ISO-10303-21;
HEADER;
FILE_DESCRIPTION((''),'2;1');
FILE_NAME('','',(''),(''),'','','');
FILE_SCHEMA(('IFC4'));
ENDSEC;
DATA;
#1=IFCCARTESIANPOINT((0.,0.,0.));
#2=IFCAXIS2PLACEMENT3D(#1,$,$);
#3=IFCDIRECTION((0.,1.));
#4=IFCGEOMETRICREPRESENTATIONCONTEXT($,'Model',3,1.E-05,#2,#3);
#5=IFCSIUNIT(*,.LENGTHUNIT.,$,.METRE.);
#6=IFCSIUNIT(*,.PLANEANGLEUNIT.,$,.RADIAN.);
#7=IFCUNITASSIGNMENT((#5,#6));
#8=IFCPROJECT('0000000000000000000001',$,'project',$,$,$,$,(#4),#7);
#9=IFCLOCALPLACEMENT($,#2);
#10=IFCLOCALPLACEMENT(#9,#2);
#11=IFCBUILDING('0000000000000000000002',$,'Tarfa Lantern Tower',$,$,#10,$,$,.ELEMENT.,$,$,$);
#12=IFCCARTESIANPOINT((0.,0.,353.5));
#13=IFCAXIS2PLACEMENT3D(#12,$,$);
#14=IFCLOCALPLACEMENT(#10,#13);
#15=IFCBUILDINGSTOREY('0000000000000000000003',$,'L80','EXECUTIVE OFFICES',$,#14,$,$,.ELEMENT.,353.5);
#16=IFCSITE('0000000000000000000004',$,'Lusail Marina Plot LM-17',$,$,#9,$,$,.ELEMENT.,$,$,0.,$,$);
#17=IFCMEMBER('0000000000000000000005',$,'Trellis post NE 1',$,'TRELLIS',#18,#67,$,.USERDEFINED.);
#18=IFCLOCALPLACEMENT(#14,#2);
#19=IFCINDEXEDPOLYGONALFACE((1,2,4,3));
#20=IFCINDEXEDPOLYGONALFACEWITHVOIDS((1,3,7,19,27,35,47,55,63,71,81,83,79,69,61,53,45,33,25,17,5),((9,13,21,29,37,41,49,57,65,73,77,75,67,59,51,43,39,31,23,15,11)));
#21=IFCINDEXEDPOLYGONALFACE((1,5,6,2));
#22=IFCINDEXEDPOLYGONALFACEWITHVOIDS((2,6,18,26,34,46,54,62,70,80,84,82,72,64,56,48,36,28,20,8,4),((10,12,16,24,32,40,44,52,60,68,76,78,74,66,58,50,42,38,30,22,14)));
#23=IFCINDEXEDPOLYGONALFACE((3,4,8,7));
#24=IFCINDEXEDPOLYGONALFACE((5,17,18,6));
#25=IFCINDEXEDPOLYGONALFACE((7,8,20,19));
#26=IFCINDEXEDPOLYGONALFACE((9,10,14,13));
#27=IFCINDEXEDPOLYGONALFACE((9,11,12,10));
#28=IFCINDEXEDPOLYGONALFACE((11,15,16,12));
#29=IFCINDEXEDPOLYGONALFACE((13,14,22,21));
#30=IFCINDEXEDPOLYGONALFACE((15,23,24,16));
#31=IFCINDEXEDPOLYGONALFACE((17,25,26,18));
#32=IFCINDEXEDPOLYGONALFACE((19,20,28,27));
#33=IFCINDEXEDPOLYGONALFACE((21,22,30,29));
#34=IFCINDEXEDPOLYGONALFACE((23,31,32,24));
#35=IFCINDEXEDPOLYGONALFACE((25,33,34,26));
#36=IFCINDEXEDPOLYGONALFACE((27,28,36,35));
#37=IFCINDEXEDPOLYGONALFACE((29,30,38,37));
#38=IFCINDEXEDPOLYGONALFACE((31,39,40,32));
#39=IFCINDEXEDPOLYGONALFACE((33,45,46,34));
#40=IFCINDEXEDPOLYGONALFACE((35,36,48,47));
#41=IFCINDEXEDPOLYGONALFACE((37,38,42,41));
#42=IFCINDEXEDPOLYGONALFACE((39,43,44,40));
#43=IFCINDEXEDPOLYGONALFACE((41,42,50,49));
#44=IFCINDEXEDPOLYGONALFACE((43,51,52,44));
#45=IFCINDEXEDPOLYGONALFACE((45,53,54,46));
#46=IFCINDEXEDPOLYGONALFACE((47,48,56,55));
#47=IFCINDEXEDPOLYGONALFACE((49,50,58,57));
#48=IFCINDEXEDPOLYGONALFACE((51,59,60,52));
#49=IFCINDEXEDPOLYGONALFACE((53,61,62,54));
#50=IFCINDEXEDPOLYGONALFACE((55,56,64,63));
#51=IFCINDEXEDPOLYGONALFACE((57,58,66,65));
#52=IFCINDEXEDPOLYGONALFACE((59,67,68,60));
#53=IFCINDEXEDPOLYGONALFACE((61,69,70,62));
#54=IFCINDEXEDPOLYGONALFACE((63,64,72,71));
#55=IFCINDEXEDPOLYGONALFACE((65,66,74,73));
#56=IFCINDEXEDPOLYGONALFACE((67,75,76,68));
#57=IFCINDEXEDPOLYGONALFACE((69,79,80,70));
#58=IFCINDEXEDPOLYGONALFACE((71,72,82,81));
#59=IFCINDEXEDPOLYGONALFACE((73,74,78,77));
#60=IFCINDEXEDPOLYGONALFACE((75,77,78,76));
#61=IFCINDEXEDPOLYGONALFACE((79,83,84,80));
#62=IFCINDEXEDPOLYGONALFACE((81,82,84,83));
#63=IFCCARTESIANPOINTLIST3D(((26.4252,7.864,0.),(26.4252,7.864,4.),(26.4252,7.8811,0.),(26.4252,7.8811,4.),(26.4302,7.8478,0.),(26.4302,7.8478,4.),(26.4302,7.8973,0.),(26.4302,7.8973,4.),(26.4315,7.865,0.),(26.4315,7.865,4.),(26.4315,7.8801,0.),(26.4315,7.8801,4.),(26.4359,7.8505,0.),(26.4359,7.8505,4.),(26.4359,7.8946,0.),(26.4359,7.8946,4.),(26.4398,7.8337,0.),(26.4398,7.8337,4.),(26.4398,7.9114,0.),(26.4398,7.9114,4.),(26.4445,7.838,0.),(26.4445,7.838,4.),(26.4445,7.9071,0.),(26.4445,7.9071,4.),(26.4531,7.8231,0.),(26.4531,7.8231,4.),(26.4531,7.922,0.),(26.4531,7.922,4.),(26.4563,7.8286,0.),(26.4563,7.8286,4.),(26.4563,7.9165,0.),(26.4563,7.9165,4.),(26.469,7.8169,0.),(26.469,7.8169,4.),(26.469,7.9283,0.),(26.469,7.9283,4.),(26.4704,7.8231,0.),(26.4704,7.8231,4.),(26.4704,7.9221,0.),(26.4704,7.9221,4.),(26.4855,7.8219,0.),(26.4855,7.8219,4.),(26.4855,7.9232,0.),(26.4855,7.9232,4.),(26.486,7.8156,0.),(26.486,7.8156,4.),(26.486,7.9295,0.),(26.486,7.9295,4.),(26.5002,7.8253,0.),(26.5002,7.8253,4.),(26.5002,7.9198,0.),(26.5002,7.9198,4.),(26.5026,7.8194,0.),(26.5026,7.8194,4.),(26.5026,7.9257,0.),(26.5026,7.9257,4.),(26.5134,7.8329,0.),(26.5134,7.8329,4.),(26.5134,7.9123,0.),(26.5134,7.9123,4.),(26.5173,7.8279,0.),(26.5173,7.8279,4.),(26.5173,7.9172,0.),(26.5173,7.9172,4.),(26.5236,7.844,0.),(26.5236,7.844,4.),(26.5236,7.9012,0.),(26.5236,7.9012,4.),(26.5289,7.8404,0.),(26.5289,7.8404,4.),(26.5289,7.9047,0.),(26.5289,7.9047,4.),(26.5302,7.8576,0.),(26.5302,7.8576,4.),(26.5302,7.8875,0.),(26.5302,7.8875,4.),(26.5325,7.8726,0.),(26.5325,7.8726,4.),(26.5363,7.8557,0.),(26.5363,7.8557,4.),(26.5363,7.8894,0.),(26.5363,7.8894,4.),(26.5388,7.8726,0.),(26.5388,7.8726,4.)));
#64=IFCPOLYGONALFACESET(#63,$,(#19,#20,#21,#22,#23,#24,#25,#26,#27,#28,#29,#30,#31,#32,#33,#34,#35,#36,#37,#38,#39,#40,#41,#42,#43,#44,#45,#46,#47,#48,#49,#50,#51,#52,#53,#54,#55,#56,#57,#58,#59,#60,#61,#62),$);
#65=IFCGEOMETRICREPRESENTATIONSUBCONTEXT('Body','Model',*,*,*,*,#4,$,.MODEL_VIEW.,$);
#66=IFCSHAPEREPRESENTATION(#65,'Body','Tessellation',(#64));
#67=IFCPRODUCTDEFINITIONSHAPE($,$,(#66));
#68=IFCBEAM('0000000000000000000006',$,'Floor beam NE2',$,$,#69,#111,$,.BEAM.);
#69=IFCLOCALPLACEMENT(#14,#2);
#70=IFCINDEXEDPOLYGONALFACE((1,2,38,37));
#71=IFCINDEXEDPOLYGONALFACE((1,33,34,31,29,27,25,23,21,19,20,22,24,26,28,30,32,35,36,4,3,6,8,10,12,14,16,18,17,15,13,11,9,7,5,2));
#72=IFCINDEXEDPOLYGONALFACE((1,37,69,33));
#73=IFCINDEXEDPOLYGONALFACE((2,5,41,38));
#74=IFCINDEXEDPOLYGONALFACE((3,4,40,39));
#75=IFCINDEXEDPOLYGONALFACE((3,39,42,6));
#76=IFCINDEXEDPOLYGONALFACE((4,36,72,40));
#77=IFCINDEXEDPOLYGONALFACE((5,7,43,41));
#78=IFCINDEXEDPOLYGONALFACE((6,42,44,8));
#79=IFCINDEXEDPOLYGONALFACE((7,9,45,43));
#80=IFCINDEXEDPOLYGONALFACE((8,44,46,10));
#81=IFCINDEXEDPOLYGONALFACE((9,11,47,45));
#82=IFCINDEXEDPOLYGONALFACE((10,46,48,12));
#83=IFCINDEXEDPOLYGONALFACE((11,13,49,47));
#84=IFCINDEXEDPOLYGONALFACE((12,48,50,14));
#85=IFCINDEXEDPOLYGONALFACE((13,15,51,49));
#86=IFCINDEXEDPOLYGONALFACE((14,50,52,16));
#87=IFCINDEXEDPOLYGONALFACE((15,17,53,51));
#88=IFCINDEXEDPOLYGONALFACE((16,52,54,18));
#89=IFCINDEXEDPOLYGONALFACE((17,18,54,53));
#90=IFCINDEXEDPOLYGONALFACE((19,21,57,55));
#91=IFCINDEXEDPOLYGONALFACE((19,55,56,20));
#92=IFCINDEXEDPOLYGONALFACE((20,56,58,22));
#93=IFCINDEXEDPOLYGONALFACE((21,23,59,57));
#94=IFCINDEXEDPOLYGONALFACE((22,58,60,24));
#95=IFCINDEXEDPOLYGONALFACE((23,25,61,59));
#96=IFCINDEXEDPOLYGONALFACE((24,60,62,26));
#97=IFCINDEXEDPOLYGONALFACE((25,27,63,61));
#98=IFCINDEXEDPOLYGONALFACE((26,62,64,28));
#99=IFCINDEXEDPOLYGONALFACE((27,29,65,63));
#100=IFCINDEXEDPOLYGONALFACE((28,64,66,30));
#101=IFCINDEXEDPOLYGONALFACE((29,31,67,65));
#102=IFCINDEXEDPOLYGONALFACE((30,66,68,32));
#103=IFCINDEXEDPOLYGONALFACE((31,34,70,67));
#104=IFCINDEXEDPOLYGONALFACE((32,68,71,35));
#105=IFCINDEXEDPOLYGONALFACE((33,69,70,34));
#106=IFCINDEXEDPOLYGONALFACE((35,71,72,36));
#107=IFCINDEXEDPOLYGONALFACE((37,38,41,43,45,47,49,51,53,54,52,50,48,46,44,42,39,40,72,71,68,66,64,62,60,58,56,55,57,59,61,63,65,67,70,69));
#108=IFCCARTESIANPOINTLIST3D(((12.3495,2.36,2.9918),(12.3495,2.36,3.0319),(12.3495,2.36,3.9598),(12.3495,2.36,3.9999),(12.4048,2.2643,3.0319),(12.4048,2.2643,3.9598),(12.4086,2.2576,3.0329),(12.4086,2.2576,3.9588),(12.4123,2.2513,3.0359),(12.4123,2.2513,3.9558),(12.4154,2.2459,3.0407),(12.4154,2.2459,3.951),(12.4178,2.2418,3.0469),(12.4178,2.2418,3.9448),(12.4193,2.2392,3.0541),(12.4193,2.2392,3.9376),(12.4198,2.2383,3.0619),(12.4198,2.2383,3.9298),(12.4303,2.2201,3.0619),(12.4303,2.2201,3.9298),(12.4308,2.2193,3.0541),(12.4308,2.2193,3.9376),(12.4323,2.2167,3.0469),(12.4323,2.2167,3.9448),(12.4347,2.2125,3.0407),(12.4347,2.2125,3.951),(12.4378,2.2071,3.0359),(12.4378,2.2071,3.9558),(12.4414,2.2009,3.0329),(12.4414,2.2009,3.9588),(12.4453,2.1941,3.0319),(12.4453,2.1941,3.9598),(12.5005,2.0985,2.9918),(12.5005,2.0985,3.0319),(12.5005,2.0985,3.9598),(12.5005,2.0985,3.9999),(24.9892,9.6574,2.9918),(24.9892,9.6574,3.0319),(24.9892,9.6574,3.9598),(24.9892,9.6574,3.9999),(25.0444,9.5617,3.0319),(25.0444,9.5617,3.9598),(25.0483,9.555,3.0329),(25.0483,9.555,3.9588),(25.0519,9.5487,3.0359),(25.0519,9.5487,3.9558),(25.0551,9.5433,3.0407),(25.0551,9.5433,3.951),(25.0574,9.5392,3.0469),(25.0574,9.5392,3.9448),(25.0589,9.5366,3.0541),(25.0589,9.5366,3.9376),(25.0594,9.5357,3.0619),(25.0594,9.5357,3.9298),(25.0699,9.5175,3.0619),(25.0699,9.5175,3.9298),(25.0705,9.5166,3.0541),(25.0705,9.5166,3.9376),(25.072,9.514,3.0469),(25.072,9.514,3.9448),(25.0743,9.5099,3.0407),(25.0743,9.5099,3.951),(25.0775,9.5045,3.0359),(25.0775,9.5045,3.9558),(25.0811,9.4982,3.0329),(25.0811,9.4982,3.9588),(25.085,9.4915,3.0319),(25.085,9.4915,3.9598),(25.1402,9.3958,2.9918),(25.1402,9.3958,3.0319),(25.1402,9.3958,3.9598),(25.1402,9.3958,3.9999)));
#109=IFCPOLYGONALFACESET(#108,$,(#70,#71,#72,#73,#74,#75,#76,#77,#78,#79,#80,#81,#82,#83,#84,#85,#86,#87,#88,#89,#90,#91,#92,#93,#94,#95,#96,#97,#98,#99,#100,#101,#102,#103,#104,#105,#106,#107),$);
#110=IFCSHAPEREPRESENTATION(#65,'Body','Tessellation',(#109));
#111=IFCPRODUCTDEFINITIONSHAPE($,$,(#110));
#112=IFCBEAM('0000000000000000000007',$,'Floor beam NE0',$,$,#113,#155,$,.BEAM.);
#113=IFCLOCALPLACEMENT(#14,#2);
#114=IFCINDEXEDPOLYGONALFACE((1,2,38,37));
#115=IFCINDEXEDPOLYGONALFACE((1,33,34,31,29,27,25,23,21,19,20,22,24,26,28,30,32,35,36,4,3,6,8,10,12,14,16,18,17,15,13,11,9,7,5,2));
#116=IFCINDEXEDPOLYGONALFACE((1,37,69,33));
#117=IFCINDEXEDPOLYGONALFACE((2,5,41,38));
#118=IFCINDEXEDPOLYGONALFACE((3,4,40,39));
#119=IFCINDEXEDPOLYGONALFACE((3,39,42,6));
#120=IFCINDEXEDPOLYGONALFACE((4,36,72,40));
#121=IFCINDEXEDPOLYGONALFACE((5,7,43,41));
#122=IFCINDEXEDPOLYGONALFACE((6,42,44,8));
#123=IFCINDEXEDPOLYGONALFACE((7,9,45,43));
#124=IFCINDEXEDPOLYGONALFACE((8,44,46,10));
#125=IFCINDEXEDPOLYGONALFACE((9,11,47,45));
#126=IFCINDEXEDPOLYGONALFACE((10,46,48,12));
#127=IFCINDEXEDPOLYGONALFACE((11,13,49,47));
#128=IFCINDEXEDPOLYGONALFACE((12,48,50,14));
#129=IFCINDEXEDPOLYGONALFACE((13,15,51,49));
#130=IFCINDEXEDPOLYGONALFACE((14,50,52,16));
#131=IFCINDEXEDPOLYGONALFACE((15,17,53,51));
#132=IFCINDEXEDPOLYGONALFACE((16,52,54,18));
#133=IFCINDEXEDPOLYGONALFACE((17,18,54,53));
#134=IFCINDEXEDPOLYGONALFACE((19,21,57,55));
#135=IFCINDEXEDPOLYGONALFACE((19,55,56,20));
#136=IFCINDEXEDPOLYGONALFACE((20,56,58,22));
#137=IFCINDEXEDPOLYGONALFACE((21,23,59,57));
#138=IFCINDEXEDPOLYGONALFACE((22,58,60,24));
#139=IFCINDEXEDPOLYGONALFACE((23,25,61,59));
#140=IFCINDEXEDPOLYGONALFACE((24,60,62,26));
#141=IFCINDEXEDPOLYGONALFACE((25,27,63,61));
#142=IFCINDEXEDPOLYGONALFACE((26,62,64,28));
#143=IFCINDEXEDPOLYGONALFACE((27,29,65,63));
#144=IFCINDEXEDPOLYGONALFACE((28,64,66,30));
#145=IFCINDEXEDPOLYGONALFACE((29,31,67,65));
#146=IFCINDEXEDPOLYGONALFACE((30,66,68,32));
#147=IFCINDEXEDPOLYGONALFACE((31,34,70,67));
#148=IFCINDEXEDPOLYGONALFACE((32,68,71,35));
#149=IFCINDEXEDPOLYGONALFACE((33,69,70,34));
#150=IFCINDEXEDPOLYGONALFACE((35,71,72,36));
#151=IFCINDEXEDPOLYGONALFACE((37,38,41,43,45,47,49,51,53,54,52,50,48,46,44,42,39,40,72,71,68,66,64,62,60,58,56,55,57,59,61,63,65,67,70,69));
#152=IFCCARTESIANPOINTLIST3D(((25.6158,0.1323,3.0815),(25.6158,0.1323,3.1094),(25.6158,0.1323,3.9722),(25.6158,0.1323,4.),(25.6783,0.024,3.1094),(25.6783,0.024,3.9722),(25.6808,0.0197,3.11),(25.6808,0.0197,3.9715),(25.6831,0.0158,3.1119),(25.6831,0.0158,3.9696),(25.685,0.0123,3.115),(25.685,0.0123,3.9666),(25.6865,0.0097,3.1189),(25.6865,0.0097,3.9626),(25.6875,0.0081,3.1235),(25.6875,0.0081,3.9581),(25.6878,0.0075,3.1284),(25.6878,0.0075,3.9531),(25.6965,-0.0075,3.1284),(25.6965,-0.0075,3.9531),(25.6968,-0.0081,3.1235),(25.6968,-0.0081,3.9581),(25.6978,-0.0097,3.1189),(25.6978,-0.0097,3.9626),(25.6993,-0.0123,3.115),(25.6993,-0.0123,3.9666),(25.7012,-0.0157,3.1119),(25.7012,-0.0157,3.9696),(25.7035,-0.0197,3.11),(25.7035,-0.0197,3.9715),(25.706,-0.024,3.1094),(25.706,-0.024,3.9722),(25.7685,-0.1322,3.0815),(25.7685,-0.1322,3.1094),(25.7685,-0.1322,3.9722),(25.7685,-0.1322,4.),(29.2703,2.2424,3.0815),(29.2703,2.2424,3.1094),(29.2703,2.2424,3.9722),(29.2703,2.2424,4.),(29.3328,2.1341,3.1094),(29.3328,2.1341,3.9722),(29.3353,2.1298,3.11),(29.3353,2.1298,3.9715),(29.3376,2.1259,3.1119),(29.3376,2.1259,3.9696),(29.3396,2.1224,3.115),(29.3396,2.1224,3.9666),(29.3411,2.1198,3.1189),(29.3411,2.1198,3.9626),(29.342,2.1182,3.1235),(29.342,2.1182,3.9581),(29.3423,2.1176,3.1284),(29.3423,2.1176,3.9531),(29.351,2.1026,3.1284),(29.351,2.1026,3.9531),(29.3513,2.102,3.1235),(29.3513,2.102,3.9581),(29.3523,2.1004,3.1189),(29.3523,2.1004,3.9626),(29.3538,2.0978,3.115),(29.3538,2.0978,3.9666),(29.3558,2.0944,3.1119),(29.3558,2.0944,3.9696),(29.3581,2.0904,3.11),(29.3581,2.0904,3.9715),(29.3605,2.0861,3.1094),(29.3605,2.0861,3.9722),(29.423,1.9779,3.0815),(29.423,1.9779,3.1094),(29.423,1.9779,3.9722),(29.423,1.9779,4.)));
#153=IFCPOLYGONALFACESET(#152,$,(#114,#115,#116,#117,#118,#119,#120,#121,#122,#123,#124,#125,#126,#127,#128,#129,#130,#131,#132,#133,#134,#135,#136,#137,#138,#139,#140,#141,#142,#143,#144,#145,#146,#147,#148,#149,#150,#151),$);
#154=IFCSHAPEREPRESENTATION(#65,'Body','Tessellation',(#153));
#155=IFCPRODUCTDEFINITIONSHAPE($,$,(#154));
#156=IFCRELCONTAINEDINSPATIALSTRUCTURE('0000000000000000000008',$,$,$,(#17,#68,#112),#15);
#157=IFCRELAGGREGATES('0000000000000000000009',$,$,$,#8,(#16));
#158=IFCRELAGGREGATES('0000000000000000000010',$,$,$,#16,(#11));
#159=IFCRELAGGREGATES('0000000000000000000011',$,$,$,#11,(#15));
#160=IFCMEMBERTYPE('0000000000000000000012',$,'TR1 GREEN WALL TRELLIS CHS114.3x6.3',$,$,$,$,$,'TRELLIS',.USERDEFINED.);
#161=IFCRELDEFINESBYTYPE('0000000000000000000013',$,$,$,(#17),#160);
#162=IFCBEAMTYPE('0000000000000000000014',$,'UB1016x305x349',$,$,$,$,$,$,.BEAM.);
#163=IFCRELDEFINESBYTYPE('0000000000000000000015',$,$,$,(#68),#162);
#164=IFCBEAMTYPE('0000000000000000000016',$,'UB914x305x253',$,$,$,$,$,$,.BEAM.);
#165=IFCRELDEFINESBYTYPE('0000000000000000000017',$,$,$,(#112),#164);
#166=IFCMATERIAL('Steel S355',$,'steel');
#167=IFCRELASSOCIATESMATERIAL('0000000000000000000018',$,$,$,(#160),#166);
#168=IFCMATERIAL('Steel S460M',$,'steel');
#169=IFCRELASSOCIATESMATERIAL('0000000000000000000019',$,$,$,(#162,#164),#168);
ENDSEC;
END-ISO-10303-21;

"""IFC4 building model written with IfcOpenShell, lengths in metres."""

from ifc_helpers import new_model, si_unit, direction, frame, origin, origin_2d, place, context, subcontext, project, spatial, hollow_circle, i_section, extrude, material, material_profile, profile_set, type_object, element, save


model = new_model("IFC4")

# Units and contexts
model_context = context("Model", 3, precision=1e-05, world=origin(), true_north=direction((0.0, 1.0)))
body_context = subcontext(model_context, "Body", "Model", "MODEL_VIEW")
ifc_project = project(units=[si_unit("LENGTHUNIT", "METRE"), si_unit("PLANEANGLEUNIT", "RADIAN")], contexts=[model_context])

# Site, building, storey
site_placement = place(None, origin())
site = spatial("IfcSite", under=ifc_project, at=site_placement, Name="Lusail Marina Plot LM-17", CompositionType="ELEMENT", RefElevation=0.0)
building_placement = place(site_placement, origin())
building = spatial("IfcBuilding", under=site, at=building_placement, Name="Tarfa Lantern Tower", CompositionType="ELEMENT")
storey_placement = place(building_placement, frame((0.0, 0.0, 353.5)))
storey = spatial("IfcBuildingStorey", under=building, at=storey_placement, Name="L80", Description="EXECUTIVE OFFICES", CompositionType="ELEMENT", Elevation=353.5)

# Member
ifc_material_1 = material(Name="Steel S355", Category="steel")
ifc_material_profile_1 = material_profile(ifc_material_1, hollow_circle(Radius=0.0571, WallThickness=0.0063, at=origin_2d()), Name="CHS114.3x6.3")
ifc_profile_set_1 = profile_set([ifc_material_profile_1], Name="Steel S355")
member_type_1 = type_object("IfcMemberType", Name="TR1 GREEN WALL TRELLIS CHS114.3x6.3", ElementType="TRELLIS", PredefinedType="USERDEFINED", material=ifc_profile_set_1)
member_1_placement = place(storey_placement, frame((26.4817, 7.8726, 0.0), z_axis=(0.0, 0.0, 1.0), x_axis=(1.0, 0.0, 0.0)))
element("IfcMember", 1, at=member_1_placement, inside=storey, type_object=member_type_1, Name="Trellis post NE 1", ObjectType="TRELLIS", PredefinedType="USERDEFINED", context=body_context, shape_type="SweptSolid", body=[
    extrude(hollow_circle(Radius=0.0571, WallThickness=0.0063, at=origin_2d()), origin(), (0.0, 0.0, 1.0), 4.0),
])

# Beams
ifc_material_2 = material(Name="Steel S460M", Category="steel")
ifc_material_profile_2 = material_profile(ifc_material_2, i_section(OverallWidth=0.302, OverallDepth=1.0081, WebThickness=0.021, FlangeThickness=0.04, FilletRadius=0.03, at=origin_2d()), Name="UB1016x305x349")
ifc_profile_set_2 = profile_set([ifc_material_profile_2], Name="Steel S460M")
beam_type_1 = type_object("IfcBeamType", Name="UB1016x305x349", PredefinedType="BEAM", material=ifc_profile_set_2)
beam_1_placement = place(storey_placement, frame((25.0647, 9.5266, 3.4958), z_axis=(-0.86603, -0.499993, 0.0), x_axis=(0.499993, -0.86603, 0.0)))
element("IfcBeam", 2, at=beam_1_placement, inside=storey, type_object=beam_type_1, Name="Floor beam NE2", PredefinedType="BEAM", context=body_context, shape_type="SweptSolid", body=[
    extrude(i_section(OverallWidth=0.302, OverallDepth=1.0081, WebThickness=0.021, FlangeThickness=0.04, FilletRadius=0.03, at=origin_2d()), origin(), (0.0, 0.0, 1.0), 14.595),
])
ifc_material_profile_3 = material_profile(ifc_material_2, i_section(OverallWidth=0.3054, OverallDepth=0.9185, WebThickness=0.0173, FlangeThickness=0.0278, FilletRadius=0.019, at=origin_2d()), Name="UB914x305x253")
ifc_profile_set_3 = profile_set([ifc_material_profile_3], Name="Steel S460M")
beam_type_2 = type_object("IfcBeamType", Name="UB914x305x253", PredefinedType="BEAM", material=ifc_profile_set_3)
beam_2_placement = place(storey_placement, frame((29.3467, 2.1101, 3.5408), z_axis=(-0.866009, -0.500028, 0.0), x_axis=(0.500028, -0.866009, 0.0)))
element("IfcBeam", 3, at=beam_2_placement, inside=storey, type_object=beam_type_2, Name="Floor beam NE0", PredefinedType="BEAM", context=body_context, shape_type="SweptSolid", body=[
    extrude(i_section(OverallWidth=0.3054, OverallDepth=0.9185, WebThickness=0.0173, FlangeThickness=0.0278, FilletRadius=0.019, at=origin_2d()), origin(), (0.0, 0.0, 1.0), 4.22),
])

save(model, "model.ifc")
